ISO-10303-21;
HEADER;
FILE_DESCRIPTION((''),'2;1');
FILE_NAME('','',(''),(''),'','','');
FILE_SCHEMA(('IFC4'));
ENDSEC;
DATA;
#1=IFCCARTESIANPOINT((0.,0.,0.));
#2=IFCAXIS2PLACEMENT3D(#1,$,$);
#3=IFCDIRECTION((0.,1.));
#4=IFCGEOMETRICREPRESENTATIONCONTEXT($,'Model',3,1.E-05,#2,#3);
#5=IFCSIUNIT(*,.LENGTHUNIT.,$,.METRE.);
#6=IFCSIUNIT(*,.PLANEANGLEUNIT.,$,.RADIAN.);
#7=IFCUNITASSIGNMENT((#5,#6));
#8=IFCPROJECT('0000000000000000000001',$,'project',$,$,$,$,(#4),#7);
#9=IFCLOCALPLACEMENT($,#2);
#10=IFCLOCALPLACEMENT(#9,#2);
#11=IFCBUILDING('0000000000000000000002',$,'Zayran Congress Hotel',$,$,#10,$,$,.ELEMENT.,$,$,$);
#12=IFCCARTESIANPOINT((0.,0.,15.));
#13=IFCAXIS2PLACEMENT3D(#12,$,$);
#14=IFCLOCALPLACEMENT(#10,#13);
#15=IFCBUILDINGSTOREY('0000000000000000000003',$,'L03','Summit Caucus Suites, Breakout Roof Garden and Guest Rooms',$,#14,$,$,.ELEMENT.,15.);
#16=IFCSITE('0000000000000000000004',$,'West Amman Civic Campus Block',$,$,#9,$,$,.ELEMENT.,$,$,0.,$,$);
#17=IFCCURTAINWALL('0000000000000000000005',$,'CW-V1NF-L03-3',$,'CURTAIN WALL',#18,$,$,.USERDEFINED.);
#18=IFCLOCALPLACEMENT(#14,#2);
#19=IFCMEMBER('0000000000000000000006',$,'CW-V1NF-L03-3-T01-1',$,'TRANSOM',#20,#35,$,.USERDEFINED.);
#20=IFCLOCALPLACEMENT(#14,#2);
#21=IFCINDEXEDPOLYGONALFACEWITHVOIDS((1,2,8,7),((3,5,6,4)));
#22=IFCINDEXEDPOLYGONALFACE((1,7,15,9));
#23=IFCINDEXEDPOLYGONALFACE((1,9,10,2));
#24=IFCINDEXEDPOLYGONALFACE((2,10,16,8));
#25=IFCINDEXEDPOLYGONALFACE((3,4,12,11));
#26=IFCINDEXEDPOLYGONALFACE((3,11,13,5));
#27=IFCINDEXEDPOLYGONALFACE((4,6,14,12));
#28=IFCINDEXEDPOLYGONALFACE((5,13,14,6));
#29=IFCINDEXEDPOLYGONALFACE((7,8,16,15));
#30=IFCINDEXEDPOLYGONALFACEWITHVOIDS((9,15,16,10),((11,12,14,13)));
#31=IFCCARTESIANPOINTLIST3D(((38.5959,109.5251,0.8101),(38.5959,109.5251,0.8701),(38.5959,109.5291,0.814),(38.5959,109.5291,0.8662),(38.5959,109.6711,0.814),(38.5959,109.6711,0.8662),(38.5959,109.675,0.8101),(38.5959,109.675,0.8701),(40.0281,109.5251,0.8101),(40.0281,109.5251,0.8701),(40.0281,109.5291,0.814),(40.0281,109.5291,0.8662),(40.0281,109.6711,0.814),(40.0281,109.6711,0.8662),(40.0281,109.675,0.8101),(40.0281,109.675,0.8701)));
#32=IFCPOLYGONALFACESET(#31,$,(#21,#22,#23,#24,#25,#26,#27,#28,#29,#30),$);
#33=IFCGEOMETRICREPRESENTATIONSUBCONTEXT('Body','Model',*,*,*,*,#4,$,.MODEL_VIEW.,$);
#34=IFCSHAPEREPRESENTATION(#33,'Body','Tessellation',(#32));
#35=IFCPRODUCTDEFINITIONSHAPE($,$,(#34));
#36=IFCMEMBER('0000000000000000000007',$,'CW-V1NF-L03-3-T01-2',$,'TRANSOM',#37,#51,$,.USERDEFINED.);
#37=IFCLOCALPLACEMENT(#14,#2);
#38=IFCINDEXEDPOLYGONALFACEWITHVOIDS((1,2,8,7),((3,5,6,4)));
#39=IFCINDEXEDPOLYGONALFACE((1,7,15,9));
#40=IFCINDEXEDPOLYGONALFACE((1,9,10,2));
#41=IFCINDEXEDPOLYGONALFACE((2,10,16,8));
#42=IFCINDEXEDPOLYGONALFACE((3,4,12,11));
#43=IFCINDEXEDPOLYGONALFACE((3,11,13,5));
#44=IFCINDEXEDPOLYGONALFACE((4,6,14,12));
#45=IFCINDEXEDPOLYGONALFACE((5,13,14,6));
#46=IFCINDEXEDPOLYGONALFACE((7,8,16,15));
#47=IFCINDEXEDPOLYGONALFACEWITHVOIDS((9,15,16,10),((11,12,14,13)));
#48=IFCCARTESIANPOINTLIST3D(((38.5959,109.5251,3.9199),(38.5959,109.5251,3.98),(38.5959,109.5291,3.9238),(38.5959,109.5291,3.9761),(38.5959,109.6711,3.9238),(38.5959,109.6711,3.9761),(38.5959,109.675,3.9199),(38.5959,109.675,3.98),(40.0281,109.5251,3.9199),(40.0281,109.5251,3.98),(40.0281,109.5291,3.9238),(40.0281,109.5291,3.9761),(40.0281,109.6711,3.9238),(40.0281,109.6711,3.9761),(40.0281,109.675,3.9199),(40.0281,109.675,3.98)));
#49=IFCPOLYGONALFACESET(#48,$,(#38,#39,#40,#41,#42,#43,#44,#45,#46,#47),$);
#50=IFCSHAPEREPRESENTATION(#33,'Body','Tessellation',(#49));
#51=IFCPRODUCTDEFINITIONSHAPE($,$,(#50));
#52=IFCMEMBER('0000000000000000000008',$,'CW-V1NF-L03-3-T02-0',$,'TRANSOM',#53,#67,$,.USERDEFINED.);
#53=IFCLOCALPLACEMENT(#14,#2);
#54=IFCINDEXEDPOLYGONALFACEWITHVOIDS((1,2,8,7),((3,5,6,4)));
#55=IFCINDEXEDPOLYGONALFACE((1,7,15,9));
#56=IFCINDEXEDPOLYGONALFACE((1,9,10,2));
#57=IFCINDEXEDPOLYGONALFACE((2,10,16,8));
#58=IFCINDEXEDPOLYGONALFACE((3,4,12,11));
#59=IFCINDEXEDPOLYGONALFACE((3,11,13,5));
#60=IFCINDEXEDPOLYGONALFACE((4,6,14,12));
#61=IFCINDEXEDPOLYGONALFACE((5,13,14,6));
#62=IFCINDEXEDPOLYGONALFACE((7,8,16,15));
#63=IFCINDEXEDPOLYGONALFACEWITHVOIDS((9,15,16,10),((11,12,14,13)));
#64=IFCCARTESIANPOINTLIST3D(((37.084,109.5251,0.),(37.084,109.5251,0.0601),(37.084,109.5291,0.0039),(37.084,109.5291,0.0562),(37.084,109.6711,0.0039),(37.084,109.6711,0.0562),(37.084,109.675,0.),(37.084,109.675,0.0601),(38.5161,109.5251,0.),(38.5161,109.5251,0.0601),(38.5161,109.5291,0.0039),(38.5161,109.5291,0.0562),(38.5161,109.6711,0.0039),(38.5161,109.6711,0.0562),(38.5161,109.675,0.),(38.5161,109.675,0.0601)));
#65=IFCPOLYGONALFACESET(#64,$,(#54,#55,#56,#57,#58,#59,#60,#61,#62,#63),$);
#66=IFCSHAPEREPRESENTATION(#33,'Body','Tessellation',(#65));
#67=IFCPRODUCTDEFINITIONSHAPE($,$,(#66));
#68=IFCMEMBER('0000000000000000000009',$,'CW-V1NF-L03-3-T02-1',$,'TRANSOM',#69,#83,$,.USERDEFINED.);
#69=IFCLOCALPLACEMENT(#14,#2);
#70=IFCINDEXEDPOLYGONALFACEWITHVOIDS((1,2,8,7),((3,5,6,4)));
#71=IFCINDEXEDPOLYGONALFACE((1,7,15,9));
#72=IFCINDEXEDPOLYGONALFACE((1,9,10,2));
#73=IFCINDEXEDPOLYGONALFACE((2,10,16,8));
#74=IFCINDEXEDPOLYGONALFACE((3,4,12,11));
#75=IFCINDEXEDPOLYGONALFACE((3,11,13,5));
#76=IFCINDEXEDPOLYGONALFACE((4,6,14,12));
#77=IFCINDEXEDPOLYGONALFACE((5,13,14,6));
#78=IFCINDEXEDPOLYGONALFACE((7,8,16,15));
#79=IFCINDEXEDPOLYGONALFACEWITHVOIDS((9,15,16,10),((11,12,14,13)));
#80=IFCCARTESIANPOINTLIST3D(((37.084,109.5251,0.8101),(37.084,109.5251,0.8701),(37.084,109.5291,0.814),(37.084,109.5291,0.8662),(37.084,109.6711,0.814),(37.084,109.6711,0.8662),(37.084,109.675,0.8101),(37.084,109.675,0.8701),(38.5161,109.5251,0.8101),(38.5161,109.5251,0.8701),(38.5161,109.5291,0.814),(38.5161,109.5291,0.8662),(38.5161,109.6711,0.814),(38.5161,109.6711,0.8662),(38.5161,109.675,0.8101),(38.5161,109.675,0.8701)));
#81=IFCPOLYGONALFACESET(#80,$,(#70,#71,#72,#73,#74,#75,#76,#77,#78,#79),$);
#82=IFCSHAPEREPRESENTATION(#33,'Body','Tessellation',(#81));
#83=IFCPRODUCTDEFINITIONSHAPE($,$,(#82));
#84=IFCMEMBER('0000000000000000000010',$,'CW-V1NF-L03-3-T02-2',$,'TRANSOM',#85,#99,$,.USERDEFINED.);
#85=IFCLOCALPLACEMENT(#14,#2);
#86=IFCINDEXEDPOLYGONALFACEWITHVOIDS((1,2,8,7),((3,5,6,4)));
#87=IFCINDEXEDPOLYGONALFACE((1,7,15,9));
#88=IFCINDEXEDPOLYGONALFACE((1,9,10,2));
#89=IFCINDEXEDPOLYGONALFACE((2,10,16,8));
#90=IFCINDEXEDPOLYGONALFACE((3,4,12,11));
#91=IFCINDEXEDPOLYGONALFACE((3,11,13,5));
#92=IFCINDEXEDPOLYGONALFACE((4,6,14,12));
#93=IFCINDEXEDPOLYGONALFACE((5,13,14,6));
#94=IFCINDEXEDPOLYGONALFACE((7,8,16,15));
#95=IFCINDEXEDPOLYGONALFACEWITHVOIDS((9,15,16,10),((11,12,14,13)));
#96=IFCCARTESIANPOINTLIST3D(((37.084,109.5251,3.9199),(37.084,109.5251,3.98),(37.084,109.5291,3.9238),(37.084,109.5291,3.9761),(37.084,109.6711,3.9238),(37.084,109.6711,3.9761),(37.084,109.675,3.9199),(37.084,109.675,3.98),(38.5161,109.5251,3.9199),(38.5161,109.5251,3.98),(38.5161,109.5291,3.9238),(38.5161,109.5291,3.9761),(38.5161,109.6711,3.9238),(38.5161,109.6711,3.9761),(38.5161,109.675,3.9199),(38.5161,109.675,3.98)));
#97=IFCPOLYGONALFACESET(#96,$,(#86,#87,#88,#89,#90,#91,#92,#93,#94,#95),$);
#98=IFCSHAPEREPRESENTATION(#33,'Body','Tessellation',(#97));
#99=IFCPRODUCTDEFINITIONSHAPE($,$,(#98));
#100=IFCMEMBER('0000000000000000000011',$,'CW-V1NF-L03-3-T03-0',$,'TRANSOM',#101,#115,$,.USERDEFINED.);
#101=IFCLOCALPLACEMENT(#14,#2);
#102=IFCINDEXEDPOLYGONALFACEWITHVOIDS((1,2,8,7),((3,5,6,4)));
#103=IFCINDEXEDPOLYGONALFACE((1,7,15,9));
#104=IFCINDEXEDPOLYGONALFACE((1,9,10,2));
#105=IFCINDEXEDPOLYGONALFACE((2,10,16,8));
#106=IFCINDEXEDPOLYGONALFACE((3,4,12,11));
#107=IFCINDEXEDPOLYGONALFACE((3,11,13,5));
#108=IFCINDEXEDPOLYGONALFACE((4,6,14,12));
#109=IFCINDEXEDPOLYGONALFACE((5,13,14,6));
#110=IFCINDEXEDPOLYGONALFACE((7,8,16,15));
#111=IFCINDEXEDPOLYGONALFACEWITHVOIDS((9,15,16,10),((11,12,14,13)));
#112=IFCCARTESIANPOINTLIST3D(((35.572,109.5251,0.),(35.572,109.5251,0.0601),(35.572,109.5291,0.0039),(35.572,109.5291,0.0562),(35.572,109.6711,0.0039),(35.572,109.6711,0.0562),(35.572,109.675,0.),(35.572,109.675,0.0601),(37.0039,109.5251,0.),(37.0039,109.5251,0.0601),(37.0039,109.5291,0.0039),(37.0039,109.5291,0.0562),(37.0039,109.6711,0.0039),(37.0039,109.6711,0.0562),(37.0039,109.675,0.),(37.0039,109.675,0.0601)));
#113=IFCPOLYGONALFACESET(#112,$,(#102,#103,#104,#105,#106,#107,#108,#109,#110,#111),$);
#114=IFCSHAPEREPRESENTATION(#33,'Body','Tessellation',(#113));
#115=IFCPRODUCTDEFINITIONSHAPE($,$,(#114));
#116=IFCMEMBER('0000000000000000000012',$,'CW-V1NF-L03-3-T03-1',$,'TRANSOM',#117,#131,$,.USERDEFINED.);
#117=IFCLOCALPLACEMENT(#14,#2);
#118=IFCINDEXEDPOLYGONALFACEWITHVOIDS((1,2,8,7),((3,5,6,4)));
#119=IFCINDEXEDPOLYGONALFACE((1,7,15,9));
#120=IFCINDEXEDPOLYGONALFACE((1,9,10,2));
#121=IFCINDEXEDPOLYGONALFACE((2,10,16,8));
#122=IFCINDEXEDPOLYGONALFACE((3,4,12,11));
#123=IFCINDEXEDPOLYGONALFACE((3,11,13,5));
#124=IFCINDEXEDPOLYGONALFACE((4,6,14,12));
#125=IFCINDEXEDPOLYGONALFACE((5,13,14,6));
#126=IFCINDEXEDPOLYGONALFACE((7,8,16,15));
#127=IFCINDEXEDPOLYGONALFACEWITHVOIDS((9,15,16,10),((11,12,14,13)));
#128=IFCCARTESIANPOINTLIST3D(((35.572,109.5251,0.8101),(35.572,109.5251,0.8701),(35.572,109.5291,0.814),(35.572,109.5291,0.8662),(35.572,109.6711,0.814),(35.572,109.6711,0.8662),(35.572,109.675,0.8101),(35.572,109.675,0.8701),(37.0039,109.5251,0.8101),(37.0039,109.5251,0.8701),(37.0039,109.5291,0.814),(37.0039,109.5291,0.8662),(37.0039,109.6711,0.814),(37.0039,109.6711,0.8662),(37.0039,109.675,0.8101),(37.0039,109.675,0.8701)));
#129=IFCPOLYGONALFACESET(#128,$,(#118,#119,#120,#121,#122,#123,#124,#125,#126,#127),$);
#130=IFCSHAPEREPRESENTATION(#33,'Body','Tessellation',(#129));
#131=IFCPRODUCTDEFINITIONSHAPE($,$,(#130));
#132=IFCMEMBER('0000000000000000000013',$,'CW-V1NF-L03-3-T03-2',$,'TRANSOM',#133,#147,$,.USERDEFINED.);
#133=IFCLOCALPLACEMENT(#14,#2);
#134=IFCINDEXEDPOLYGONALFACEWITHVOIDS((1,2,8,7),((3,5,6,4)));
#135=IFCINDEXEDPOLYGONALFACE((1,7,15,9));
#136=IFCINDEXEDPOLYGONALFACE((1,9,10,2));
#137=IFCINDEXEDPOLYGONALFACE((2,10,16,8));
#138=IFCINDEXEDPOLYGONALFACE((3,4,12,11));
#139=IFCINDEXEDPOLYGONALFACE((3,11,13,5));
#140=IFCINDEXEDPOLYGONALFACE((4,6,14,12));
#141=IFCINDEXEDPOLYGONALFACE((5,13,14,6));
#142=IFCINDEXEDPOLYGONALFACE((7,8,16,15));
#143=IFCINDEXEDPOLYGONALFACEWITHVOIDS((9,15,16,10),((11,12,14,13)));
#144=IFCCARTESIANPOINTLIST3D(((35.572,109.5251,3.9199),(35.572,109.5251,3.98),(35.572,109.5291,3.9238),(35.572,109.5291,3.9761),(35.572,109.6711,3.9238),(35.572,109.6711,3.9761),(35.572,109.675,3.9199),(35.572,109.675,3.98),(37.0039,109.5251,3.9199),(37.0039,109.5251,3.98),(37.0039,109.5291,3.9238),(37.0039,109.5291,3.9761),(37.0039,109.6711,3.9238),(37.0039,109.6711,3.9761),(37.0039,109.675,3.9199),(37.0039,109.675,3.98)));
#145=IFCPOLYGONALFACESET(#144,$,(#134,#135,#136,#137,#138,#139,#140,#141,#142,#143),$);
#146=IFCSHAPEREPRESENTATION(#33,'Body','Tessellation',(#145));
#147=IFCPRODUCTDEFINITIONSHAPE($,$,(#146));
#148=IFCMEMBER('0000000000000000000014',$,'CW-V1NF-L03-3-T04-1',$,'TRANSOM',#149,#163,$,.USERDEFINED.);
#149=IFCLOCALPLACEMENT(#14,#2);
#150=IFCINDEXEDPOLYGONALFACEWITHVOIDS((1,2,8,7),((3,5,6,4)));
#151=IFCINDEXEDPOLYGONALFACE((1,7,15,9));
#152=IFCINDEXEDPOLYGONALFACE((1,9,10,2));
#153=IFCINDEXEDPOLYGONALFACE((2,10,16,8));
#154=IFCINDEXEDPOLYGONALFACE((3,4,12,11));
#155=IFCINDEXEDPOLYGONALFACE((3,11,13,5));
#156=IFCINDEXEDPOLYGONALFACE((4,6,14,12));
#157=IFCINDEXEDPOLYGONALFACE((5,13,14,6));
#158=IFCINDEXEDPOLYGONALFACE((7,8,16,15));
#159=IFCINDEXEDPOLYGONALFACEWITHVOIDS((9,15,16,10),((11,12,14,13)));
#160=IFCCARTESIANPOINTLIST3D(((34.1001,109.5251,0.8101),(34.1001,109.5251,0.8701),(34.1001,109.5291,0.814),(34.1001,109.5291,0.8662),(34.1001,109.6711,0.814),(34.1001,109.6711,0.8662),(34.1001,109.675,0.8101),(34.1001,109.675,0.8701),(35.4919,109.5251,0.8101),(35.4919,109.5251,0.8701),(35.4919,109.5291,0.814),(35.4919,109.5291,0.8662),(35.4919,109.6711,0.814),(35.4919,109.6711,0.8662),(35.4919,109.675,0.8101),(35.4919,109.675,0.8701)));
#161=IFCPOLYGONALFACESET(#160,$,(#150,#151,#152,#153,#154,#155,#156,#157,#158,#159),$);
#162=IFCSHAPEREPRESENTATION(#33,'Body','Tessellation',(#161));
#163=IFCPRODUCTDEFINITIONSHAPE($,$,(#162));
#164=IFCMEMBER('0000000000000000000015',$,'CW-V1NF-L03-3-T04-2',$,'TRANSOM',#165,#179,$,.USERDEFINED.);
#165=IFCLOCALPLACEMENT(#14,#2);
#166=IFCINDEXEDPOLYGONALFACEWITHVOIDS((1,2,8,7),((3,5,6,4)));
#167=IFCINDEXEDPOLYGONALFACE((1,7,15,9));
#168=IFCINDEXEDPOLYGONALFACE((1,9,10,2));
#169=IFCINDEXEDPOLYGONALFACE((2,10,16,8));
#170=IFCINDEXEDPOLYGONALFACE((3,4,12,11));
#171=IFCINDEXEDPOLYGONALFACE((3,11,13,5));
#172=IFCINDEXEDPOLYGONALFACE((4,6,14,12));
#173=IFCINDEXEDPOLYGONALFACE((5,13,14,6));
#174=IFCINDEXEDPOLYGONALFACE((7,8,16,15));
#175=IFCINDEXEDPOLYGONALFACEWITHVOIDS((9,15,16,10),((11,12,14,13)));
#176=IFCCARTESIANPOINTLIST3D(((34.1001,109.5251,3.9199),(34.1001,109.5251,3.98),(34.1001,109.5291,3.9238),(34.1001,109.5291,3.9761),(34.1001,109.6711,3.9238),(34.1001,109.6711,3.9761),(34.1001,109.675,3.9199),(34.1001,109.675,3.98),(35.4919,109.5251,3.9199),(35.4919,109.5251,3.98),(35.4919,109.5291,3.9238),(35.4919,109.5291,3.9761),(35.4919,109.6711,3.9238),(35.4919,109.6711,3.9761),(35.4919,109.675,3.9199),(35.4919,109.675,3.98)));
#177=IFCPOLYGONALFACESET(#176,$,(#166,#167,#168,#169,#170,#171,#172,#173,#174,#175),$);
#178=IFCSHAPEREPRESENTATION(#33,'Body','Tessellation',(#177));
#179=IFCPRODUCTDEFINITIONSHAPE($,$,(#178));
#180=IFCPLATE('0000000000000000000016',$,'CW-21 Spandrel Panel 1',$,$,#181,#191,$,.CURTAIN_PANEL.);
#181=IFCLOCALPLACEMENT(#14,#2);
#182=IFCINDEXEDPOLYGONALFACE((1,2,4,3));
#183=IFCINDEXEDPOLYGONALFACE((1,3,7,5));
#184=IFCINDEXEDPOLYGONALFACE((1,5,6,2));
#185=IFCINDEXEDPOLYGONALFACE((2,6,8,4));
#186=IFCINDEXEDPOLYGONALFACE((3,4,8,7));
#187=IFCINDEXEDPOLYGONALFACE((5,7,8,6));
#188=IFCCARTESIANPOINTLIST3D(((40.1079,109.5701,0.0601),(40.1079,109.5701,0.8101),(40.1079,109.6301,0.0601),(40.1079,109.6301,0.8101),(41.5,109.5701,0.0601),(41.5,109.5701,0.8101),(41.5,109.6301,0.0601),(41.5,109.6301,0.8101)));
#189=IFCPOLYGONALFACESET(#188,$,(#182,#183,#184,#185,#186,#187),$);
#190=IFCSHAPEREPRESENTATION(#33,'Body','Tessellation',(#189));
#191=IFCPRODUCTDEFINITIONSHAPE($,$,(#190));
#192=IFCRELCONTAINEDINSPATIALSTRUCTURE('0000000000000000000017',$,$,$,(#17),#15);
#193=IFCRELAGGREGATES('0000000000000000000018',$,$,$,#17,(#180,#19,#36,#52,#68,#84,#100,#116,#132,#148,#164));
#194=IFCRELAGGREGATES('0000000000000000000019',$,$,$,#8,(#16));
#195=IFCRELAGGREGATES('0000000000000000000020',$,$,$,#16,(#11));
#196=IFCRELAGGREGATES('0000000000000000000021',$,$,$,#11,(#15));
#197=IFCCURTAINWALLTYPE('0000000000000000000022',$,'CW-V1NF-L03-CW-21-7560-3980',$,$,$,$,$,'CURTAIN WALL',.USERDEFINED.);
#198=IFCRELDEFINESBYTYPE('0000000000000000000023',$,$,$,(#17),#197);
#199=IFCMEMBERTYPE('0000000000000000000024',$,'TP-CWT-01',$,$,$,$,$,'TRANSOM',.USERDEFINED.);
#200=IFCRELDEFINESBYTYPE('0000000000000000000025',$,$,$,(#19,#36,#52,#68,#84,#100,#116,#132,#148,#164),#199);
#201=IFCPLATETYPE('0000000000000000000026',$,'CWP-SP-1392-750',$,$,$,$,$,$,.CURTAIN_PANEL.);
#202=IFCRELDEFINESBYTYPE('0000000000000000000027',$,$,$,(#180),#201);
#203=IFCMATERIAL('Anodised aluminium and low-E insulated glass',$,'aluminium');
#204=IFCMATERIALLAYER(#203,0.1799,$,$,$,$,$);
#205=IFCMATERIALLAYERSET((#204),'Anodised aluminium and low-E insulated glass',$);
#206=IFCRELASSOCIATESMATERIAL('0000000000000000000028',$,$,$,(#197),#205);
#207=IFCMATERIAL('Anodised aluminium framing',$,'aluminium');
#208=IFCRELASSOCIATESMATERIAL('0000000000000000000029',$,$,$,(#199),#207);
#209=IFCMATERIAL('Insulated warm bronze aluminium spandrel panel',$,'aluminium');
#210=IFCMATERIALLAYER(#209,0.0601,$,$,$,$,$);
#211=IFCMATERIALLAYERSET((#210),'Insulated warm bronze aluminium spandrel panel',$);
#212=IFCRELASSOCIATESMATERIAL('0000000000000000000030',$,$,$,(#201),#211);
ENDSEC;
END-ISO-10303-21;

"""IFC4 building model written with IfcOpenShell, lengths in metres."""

from ifc_helpers import new_model, si_unit, direction, frame, origin, origin_2d, place, context, subcontext, project, spatial, rectangle, hollow_rectangle, extrude, material, layer, layer_set, material_profile, profile_set, type_object, element, aggregate, save


model = new_model("IFC4")

# Units and contexts
model_context = context("Model", 3, precision=1e-05, world=origin(), true_north=direction((0.0, 1.0)))
body_context = subcontext(model_context, "Body", "Model", "MODEL_VIEW")
ifc_project = project(units=[si_unit("LENGTHUNIT", "METRE"), si_unit("PLANEANGLEUNIT", "RADIAN")], contexts=[model_context])

# Site, building, storey
site_placement = place(None, origin())
site = spatial("IfcSite", under=ifc_project, at=site_placement, Name="West Amman Civic Campus Block", CompositionType="ELEMENT", RefElevation=0.0)
building_placement = place(site_placement, origin())
building = spatial("IfcBuilding", under=site, at=building_placement, Name="Zayran Congress Hotel", CompositionType="ELEMENT")
storey_placement = place(building_placement, frame((0.0, 0.0, 15.0)))
storey = spatial("IfcBuildingStorey", under=building, at=storey_placement, Name="L03", Description="Summit Caucus Suites, Breakout Roof Garden and Guest Rooms", CompositionType="ELEMENT", Elevation=15.0)

# Curtain wall, members, plate
ifc_material_1 = material(Name="Anodised aluminium and low-E insulated glass", Category="aluminium")
ifc_layer_1 = layer(ifc_material_1, 0.1799)
ifc_layer_set_1 = layer_set([ifc_layer_1], Name="Anodised aluminium and low-E insulated glass")
curtain_wall_type = type_object("IfcCurtainWallType", Name="CW-V1NF-L03-CW-21-7560-3980", ElementType="CURTAIN WALL", PredefinedType="USERDEFINED", material=ifc_layer_set_1)
curtain_wall_placement = place(storey_placement, origin())
curtain_wall = element("IfcCurtainWall", 1, at=curtain_wall_placement, inside=storey, type_object=curtain_wall_type, Name="CW-V1NF-L03-3", ObjectType="CURTAIN WALL", PredefinedType="USERDEFINED")
ifc_material_2 = material(Name="Anodised aluminium framing", Category="aluminium")
ifc_material_profile_1 = material_profile(ifc_material_2, hollow_rectangle(XDim=0.0601, YDim=0.1499, WallThickness=0.0039, at=origin_2d()), Name="RHS 150x60x4")
ifc_profile_set_1 = profile_set([ifc_material_profile_1], Name="Anodised aluminium framing")
member_type_1 = type_object("IfcMemberType", Name="TP-CWT-01", ElementType="TRANSOM", PredefinedType="USERDEFINED", material=ifc_profile_set_1)
member_1_placement = place(storey_placement, frame((40.0281, 109.6001, 0.8401), z_axis=(-1.0, 0.0, 0.0), x_axis=(0.0, 0.0, 1.0)))
member_1 = element("IfcMember", 2, at=member_1_placement, type_object=member_type_1, Name="CW-V1NF-L03-3-T01-1", ObjectType="TRANSOM", PredefinedType="USERDEFINED", context=body_context, shape_type="SweptSolid", body=[
    extrude(hollow_rectangle(XDim=0.0601, YDim=0.1499, WallThickness=0.0039, at=origin_2d()), origin(), (0.0, 0.0, 1.0), 1.4321),
])
member_2_placement = place(storey_placement, frame((40.0281, 109.6001, 3.95), z_axis=(-1.0, 0.0, 0.0), x_axis=(0.0, 0.0, 1.0)))
member_2 = element("IfcMember", 3, at=member_2_placement, type_object=member_type_1, Name="CW-V1NF-L03-3-T01-2", ObjectType="TRANSOM", PredefinedType="USERDEFINED", context=body_context, shape_type="SweptSolid", body=[
    extrude(hollow_rectangle(XDim=0.0601, YDim=0.1499, WallThickness=0.0039, at=origin_2d()), origin(), (0.0, 0.0, 1.0), 1.4321),
])
member_3_placement = place(storey_placement, frame((38.5161, 109.6001, 0.03), z_axis=(-1.0, 0.0, 0.0), x_axis=(0.0, 0.0, 1.0)))
member_3 = element("IfcMember", 4, at=member_3_placement, type_object=member_type_1, Name="CW-V1NF-L03-3-T02-0", ObjectType="TRANSOM", PredefinedType="USERDEFINED", context=body_context, shape_type="SweptSolid", body=[
    extrude(hollow_rectangle(XDim=0.0601, YDim=0.1499, WallThickness=0.0039, at=origin_2d()), origin(), (0.0, 0.0, 1.0), 1.4321),
])
member_4_placement = place(storey_placement, frame((38.5161, 109.6001, 0.8401), z_axis=(-1.0, 0.0, 0.0), x_axis=(0.0, 0.0, 1.0)))
member_4 = element("IfcMember", 5, at=member_4_placement, type_object=member_type_1, Name="CW-V1NF-L03-3-T02-1", ObjectType="TRANSOM", PredefinedType="USERDEFINED", context=body_context, shape_type="SweptSolid", body=[
    extrude(hollow_rectangle(XDim=0.0601, YDim=0.1499, WallThickness=0.0039, at=origin_2d()), origin(), (0.0, 0.0, 1.0), 1.4321),
])
member_5_placement = place(storey_placement, frame((38.5161, 109.6001, 3.95), z_axis=(-1.0, 0.0, 0.0), x_axis=(0.0, 0.0, 1.0)))
member_5 = element("IfcMember", 6, at=member_5_placement, type_object=member_type_1, Name="CW-V1NF-L03-3-T02-2", ObjectType="TRANSOM", PredefinedType="USERDEFINED", context=body_context, shape_type="SweptSolid", body=[
    extrude(hollow_rectangle(XDim=0.0601, YDim=0.1499, WallThickness=0.0039, at=origin_2d()), origin(), (0.0, 0.0, 1.0), 1.4321),
])
member_6_placement = place(storey_placement, frame((37.0039, 109.6001, 0.03), z_axis=(-1.0, 0.0, 0.0), x_axis=(0.0, 0.0, 1.0)))
member_6 = element("IfcMember", 7, at=member_6_placement, type_object=member_type_1, Name="CW-V1NF-L03-3-T03-0", ObjectType="TRANSOM", PredefinedType="USERDEFINED", context=body_context, shape_type="SweptSolid", body=[
    extrude(hollow_rectangle(XDim=0.0601, YDim=0.1499, WallThickness=0.0039, at=origin_2d()), origin(), (0.0, 0.0, 1.0), 1.4319),
])
member_7_placement = place(storey_placement, frame((37.0039, 109.6001, 0.8401), z_axis=(-1.0, 0.0, 0.0), x_axis=(0.0, 0.0, 1.0)))
member_7 = element("IfcMember", 8, at=member_7_placement, type_object=member_type_1, Name="CW-V1NF-L03-3-T03-1", ObjectType="TRANSOM", PredefinedType="USERDEFINED", context=body_context, shape_type="SweptSolid", body=[
    extrude(hollow_rectangle(XDim=0.0601, YDim=0.1499, WallThickness=0.0039, at=origin_2d()), origin(), (0.0, 0.0, 1.0), 1.4319),
])
member_8_placement = place(storey_placement, frame((37.0039, 109.6001, 3.95), z_axis=(-1.0, 0.0, 0.0), x_axis=(0.0, 0.0, 1.0)))
member_8 = element("IfcMember", 9, at=member_8_placement, type_object=member_type_1, Name="CW-V1NF-L03-3-T03-2", ObjectType="TRANSOM", PredefinedType="USERDEFINED", context=body_context, shape_type="SweptSolid", body=[
    extrude(hollow_rectangle(XDim=0.0601, YDim=0.1499, WallThickness=0.0039, at=origin_2d()), origin(), (0.0, 0.0, 1.0), 1.4319),
])
member_9_placement = place(storey_placement, frame((35.4919, 109.6001, 0.8401), z_axis=(-1.0, 0.0, 0.0), x_axis=(0.0, 0.0, 1.0)))
member_9 = element("IfcMember", 10, at=member_9_placement, type_object=member_type_1, Name="CW-V1NF-L03-3-T04-1", ObjectType="TRANSOM", PredefinedType="USERDEFINED", context=body_context, shape_type="SweptSolid", body=[
    extrude(hollow_rectangle(XDim=0.0601, YDim=0.1499, WallThickness=0.0039, at=origin_2d()), origin(), (0.0, 0.0, 1.0), 1.3918),
])
member_10_placement = place(storey_placement, frame((35.4919, 109.6001, 3.95), z_axis=(-1.0, 0.0, 0.0), x_axis=(0.0, 0.0, 1.0)))
member_10 = element("IfcMember", 11, at=member_10_placement, type_object=member_type_1, Name="CW-V1NF-L03-3-T04-2", ObjectType="TRANSOM", PredefinedType="USERDEFINED", context=body_context, shape_type="SweptSolid", body=[
    extrude(hollow_rectangle(XDim=0.0601, YDim=0.1499, WallThickness=0.0039, at=origin_2d()), origin(), (0.0, 0.0, 1.0), 1.3918),
])
ifc_material_3 = material(Name="Insulated warm bronze aluminium spandrel panel", Category="aluminium")
ifc_layer_2 = layer(ifc_material_3, 0.0601)
ifc_layer_set_2 = layer_set([ifc_layer_2], Name="Insulated warm bronze aluminium spandrel panel")
plate_type_1 = type_object("IfcPlateType", Name="CWP-SP-1392-750", PredefinedType="CURTAIN_PANEL", material=ifc_layer_set_2)
plate_1_placement = place(storey_placement, frame((40.804, 109.6001, 0.0601), z_axis=(0.0, 0.0, 1.0), x_axis=(1.0, 0.0, 0.0)))
plate_1 = element("IfcPlate", 12, at=plate_1_placement, type_object=plate_type_1, Name="CW-21 Spandrel Panel 1", PredefinedType="CURTAIN_PANEL", context=body_context, shape_type="SweptSolid", body=[
    extrude(rectangle(XDim=1.3921, YDim=0.0601, at=origin_2d()), origin(), (0.0, 0.0, 1.0), 0.75),
])
aggregate(curtain_wall, [plate_1, member_1, member_2, member_3, member_4, member_5, member_6, member_7, member_8, member_9, member_10])

save(model, "model.ifc")
